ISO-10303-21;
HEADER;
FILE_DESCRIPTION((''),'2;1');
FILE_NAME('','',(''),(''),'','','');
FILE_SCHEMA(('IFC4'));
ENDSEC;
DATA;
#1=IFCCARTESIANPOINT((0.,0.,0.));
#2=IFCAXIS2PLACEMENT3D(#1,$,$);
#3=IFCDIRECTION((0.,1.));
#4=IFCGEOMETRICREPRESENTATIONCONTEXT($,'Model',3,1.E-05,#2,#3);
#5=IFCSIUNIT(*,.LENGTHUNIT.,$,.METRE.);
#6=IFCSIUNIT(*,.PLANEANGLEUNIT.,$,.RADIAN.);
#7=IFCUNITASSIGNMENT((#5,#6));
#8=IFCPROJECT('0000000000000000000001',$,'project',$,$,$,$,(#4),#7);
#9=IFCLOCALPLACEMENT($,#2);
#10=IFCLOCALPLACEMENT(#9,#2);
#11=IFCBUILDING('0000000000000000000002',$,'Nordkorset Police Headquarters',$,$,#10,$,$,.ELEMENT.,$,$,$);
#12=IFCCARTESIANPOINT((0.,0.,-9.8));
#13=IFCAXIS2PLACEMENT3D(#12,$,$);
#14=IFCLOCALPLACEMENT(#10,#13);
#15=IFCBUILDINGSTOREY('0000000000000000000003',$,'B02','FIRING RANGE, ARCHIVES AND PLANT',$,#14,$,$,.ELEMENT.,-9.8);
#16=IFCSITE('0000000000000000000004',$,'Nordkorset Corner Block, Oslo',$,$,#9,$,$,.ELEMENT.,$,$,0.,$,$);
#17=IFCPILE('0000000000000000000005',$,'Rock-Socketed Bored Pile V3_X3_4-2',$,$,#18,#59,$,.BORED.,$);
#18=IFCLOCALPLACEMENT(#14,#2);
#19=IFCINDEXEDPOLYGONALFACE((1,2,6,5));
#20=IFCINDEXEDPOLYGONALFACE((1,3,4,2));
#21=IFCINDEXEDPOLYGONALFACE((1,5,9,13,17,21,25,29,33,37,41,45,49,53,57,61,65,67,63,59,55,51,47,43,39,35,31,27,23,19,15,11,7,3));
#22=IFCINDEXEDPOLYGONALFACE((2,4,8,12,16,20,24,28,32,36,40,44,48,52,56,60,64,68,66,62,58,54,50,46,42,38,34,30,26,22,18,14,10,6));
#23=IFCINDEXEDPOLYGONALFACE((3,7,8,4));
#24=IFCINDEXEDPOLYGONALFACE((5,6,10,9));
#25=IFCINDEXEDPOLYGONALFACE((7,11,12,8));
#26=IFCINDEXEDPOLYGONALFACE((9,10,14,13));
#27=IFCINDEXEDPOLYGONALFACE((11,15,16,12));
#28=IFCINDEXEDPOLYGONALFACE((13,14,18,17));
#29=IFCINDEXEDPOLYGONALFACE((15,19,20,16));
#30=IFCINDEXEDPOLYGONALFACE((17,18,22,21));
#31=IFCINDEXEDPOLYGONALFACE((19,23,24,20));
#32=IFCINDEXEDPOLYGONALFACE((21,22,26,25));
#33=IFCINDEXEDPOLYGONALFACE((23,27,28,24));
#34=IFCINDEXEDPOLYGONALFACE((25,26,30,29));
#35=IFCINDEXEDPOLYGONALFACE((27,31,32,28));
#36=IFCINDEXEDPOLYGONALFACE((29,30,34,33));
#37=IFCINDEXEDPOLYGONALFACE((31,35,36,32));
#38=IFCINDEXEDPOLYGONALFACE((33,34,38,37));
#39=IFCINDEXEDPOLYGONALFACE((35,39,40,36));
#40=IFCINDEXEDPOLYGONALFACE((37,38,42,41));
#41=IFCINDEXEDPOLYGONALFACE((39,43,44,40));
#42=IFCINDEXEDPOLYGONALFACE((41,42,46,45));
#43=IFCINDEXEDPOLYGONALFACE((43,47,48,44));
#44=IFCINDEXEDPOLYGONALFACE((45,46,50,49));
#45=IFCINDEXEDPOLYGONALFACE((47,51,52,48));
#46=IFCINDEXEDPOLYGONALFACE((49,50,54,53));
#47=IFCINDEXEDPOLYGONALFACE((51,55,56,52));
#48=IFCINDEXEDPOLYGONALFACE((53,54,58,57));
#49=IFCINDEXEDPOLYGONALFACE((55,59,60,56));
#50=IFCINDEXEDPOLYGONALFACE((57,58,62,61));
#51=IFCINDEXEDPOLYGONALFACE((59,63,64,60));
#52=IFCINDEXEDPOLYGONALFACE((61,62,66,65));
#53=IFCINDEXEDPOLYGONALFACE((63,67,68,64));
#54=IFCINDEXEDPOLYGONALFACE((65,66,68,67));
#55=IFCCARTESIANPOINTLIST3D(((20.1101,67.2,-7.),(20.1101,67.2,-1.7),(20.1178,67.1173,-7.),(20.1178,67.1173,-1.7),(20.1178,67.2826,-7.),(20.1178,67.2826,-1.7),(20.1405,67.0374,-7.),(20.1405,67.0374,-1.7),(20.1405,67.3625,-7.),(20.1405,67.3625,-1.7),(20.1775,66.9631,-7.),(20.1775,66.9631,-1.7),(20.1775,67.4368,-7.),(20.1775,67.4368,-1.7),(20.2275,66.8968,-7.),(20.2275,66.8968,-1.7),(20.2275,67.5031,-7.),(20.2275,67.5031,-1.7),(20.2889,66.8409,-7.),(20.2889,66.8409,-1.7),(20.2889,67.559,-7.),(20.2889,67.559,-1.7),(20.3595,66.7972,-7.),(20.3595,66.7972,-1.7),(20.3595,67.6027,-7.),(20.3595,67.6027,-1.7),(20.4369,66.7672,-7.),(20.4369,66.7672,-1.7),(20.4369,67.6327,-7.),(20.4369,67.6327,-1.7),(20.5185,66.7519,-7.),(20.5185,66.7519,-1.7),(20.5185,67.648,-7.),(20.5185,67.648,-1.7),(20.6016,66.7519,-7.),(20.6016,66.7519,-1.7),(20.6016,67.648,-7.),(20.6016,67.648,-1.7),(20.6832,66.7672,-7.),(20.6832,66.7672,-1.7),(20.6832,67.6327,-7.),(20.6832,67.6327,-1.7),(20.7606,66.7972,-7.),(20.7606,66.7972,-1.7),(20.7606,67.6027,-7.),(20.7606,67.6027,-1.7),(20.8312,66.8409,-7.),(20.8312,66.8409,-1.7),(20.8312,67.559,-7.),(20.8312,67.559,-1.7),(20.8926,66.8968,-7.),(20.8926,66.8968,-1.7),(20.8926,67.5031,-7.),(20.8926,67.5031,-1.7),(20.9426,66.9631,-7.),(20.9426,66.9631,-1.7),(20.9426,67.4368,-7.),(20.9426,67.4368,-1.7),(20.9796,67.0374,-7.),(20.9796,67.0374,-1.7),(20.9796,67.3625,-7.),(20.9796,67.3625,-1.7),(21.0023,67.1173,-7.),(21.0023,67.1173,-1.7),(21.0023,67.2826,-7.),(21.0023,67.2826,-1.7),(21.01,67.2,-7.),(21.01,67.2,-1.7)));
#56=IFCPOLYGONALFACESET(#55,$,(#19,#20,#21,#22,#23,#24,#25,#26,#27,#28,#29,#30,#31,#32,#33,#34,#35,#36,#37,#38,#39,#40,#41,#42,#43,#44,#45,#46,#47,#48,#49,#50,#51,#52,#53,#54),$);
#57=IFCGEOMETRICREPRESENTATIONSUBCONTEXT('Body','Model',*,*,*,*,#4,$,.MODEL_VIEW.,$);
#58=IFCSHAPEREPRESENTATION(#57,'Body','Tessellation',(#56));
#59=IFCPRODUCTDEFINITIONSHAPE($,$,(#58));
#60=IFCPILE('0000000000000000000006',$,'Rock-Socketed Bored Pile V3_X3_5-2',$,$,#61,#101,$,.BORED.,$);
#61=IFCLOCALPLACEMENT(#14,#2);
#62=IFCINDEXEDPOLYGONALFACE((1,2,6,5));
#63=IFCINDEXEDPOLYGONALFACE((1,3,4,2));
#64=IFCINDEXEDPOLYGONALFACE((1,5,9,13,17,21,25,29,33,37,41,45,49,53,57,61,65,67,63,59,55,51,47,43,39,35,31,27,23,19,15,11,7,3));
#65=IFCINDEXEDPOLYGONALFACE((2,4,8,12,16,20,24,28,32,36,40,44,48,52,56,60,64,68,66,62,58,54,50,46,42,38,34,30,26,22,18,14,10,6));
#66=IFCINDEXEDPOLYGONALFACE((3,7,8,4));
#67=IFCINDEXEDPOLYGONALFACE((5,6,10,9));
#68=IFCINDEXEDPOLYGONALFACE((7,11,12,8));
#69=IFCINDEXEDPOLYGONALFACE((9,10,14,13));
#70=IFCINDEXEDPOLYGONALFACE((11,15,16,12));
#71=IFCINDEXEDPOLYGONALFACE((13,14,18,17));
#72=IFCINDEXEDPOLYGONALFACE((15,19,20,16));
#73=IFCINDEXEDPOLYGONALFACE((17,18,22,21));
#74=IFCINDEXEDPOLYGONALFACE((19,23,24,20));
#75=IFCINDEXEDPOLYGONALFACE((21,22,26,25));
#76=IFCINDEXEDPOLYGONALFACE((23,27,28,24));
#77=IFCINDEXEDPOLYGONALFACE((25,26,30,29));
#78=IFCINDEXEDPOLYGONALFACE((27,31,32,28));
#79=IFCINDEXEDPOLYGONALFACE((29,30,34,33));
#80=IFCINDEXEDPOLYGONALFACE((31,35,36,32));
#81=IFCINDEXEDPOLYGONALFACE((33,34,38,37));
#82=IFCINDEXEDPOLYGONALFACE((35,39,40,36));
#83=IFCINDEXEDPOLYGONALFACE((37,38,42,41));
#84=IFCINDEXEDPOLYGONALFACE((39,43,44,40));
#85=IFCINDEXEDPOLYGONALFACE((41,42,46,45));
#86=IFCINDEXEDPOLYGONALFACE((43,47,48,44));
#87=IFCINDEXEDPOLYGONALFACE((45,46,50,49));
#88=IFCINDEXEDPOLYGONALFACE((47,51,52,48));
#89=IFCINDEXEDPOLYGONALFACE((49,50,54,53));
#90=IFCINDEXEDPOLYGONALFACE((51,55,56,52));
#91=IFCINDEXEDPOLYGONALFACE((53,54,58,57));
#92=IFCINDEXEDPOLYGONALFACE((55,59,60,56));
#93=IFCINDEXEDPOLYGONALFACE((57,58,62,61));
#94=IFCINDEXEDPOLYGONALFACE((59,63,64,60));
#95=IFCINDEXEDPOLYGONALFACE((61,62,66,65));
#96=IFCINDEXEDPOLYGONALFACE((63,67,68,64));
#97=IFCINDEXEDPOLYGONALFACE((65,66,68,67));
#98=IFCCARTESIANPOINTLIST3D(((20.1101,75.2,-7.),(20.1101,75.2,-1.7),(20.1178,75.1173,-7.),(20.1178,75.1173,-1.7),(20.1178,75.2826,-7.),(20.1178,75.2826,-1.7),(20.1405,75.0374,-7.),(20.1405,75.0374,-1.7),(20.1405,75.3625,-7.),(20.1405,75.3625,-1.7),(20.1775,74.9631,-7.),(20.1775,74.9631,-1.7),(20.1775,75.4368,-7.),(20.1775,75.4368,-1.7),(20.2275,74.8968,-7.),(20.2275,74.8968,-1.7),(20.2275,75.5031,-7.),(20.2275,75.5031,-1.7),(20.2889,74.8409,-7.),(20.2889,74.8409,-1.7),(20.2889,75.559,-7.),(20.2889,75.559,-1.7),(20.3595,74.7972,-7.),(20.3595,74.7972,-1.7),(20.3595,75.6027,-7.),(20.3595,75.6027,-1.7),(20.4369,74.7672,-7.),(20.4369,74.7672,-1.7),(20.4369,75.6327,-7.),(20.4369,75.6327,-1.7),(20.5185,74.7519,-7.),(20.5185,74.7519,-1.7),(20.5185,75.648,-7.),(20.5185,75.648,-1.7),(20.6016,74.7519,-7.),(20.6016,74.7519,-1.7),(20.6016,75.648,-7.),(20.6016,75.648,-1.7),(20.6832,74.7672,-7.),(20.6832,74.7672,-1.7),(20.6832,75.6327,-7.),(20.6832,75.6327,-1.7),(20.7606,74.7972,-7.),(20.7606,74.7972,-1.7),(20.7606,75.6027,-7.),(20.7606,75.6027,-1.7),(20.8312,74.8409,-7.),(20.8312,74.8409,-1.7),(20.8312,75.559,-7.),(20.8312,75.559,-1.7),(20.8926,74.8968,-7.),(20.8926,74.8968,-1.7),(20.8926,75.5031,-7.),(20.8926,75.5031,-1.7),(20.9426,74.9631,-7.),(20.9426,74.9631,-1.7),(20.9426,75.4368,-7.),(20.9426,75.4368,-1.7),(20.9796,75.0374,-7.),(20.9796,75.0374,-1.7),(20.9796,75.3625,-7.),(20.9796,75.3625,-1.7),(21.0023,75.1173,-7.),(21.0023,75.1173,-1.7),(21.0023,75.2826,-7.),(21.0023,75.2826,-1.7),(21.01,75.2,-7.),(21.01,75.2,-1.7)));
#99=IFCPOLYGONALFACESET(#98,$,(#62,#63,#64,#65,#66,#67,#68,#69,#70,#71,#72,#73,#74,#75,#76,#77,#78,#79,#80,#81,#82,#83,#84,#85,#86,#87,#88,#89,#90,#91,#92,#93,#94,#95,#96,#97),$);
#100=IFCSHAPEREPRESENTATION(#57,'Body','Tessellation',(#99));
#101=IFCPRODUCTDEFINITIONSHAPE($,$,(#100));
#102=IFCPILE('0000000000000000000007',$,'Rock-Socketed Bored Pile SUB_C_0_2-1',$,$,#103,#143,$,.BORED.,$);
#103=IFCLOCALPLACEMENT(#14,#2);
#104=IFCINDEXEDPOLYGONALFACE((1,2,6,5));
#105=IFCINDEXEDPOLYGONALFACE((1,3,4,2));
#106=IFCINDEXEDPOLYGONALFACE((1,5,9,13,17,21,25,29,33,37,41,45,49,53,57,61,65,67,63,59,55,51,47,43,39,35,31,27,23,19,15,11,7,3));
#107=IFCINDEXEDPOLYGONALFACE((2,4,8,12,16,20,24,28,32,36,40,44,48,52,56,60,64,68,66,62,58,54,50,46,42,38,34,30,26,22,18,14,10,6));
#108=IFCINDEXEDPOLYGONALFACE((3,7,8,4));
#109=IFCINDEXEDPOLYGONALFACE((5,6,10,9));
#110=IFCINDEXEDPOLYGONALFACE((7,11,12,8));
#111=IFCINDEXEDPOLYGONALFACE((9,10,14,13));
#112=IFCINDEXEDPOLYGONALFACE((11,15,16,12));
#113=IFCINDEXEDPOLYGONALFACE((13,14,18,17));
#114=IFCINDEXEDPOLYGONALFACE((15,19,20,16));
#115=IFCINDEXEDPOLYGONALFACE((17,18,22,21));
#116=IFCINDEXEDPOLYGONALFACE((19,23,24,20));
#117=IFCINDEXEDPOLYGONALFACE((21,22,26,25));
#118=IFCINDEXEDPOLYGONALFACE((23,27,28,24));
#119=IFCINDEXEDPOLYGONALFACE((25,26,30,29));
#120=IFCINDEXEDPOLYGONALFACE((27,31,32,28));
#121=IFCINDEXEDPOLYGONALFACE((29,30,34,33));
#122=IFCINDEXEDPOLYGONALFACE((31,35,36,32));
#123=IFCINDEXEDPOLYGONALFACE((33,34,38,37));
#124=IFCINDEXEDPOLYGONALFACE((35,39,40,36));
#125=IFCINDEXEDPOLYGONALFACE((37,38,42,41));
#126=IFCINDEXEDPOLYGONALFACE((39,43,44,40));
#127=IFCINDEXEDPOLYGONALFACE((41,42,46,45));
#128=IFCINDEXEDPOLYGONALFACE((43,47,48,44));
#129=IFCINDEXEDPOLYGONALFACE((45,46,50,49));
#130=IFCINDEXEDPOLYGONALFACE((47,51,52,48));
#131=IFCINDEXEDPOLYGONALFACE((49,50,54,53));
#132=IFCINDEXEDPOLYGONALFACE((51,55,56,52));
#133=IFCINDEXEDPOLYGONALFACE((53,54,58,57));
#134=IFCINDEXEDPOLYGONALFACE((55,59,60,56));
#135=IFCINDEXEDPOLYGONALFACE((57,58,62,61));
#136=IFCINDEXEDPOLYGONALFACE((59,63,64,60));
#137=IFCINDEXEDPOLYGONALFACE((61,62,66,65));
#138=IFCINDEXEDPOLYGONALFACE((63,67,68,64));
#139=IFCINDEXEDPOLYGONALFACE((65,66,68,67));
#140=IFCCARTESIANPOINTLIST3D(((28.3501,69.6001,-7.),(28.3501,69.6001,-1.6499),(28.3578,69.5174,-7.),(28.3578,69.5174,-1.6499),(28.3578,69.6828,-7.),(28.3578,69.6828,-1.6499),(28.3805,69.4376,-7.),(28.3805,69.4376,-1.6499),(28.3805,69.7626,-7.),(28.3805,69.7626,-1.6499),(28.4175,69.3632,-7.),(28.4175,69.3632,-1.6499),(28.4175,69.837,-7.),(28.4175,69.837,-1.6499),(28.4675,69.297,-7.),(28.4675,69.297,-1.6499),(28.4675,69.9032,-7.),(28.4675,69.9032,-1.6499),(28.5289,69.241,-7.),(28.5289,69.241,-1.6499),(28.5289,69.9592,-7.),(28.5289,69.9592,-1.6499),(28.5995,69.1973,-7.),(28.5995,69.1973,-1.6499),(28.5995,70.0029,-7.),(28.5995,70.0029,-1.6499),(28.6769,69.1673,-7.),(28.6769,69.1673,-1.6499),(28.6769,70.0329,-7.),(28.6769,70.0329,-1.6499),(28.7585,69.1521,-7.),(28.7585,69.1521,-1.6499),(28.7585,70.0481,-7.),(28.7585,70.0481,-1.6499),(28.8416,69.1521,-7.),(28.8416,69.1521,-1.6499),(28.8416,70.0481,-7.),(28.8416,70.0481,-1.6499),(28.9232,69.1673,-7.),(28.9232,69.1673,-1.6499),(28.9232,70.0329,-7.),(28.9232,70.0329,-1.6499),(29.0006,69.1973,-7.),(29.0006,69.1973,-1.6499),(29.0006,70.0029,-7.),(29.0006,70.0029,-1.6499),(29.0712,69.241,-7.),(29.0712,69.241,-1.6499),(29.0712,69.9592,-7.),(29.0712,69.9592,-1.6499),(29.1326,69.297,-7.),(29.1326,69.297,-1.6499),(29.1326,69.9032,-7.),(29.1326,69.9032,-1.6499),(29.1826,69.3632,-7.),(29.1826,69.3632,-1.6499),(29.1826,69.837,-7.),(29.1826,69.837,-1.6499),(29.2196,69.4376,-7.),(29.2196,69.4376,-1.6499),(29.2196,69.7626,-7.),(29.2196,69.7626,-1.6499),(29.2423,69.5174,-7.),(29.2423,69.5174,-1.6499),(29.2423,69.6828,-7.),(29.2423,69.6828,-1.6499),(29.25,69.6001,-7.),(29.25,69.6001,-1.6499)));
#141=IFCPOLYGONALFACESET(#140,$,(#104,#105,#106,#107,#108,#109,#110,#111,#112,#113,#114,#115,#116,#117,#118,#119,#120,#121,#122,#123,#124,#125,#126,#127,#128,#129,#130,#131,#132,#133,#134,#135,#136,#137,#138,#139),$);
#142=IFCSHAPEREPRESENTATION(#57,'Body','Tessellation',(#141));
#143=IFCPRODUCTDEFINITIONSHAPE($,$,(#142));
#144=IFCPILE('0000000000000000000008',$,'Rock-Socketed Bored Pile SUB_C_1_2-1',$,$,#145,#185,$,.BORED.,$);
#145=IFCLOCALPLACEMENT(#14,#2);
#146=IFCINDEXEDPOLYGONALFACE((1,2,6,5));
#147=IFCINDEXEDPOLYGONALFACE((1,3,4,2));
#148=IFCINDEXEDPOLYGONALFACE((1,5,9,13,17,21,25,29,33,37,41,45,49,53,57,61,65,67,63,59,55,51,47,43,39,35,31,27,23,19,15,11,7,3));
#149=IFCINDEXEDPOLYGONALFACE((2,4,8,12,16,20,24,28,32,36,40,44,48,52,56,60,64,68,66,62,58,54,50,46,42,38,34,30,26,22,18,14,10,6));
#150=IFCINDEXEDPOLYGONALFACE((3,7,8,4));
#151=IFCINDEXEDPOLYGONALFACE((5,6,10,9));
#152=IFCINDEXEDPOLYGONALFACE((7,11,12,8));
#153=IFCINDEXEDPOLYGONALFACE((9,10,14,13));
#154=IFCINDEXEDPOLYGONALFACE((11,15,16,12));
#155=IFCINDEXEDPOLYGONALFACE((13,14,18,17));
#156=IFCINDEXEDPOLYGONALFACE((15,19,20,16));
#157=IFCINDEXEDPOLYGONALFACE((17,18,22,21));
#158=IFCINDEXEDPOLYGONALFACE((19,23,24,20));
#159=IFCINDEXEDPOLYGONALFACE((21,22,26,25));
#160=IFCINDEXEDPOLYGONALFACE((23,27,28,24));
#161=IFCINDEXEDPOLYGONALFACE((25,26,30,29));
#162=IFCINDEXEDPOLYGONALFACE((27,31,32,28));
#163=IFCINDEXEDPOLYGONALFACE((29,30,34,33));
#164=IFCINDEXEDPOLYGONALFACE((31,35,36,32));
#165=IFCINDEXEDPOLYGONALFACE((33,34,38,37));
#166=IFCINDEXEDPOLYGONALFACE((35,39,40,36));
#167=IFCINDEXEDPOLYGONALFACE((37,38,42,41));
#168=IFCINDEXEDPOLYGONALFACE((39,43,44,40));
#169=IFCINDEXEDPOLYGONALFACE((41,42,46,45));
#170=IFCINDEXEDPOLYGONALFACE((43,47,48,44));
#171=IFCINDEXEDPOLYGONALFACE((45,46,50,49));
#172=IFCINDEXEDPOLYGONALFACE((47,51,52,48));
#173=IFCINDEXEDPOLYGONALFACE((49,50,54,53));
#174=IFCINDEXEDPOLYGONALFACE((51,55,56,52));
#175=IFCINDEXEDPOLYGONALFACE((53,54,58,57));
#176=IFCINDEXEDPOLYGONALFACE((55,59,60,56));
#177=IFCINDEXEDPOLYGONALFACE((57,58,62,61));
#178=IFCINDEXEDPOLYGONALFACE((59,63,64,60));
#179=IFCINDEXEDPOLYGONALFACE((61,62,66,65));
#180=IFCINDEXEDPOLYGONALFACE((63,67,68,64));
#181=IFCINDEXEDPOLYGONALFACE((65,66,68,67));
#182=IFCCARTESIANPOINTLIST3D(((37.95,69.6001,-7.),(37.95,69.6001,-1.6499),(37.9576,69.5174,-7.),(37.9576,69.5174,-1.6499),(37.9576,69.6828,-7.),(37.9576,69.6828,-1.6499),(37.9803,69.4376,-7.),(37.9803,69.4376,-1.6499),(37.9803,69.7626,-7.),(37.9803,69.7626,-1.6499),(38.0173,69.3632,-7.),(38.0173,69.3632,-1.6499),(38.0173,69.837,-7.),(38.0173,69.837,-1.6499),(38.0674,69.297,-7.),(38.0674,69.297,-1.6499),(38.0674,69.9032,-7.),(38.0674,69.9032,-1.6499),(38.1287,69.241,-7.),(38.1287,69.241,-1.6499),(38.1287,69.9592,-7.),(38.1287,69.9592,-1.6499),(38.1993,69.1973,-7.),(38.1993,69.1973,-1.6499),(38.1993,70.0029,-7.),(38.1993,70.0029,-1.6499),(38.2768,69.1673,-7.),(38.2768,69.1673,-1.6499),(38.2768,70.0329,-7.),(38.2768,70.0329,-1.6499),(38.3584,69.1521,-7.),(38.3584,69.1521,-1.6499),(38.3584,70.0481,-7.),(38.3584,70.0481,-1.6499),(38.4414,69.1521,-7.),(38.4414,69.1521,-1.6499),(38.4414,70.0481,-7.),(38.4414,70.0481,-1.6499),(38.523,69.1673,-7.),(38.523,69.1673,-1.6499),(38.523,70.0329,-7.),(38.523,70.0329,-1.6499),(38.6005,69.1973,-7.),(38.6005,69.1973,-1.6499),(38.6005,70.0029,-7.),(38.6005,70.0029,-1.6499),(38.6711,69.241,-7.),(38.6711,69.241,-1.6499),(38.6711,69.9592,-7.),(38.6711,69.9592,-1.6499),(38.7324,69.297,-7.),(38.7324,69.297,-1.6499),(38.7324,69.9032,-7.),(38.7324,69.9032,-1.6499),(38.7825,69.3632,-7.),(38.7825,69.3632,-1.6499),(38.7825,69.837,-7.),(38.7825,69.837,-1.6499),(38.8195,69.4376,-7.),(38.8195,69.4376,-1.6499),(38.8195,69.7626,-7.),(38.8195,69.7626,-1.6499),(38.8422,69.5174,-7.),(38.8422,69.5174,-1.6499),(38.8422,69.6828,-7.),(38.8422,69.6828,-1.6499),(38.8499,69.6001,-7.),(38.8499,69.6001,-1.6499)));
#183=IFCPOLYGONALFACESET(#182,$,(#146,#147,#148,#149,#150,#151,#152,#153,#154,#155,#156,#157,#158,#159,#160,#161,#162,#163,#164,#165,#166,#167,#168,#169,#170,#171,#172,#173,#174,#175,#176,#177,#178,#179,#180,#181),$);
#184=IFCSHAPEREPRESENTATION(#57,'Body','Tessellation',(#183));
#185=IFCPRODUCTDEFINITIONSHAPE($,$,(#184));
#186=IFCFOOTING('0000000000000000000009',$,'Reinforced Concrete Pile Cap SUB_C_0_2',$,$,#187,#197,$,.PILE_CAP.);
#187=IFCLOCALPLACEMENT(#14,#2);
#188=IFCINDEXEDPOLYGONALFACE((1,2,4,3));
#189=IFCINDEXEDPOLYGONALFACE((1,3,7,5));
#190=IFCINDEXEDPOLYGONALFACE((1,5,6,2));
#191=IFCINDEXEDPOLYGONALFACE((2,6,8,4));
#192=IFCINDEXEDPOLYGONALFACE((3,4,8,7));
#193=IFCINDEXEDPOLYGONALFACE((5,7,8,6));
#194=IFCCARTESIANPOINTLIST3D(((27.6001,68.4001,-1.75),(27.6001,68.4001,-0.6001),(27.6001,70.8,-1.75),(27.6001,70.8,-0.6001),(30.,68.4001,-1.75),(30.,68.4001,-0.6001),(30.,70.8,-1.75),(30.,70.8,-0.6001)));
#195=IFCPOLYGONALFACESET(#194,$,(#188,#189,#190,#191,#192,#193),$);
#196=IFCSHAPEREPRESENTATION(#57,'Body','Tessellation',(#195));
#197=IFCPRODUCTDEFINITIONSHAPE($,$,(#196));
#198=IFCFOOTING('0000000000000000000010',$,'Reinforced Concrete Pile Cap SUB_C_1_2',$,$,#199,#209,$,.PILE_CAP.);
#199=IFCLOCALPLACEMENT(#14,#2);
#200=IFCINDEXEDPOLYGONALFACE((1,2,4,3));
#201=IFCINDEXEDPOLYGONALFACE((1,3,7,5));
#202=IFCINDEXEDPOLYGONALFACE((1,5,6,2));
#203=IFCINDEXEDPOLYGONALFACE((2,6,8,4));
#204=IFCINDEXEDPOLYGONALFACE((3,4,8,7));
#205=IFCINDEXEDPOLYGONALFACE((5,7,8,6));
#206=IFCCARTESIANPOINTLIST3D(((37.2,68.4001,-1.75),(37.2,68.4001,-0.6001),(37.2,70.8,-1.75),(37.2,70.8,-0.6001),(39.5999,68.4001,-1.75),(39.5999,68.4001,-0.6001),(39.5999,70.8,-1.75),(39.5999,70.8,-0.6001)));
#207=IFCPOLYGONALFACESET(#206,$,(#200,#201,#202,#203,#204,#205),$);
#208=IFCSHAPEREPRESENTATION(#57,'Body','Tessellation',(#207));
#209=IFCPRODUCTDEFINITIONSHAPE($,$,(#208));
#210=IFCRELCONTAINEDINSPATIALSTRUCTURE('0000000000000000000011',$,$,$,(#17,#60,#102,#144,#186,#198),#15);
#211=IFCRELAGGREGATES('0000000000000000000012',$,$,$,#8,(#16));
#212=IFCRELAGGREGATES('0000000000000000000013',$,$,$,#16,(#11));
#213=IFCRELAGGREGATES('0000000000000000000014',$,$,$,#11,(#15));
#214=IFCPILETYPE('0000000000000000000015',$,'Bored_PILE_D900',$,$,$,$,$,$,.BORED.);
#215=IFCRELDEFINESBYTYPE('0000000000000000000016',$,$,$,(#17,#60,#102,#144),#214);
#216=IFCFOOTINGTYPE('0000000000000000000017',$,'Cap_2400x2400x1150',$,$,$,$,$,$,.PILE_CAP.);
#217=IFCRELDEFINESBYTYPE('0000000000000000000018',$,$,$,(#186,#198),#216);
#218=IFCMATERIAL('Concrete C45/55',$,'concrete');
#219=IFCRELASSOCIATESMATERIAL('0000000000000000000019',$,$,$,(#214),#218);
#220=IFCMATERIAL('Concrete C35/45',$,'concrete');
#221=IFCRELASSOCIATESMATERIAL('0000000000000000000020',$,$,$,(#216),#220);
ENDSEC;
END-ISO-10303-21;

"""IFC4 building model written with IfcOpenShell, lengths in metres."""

from ifc_helpers import new_model, si_unit, direction, frame, origin, origin_2d, place, context, subcontext, project, spatial, rectangle, circle, extrude, material, material_profile, profile_set, type_object, element, save


model = new_model("IFC4")

# Units and contexts
model_context = context("Model", 3, precision=1e-05, world=origin(), true_north=direction((0.0, 1.0)))
body_context = subcontext(model_context, "Body", "Model", "MODEL_VIEW")
ifc_project = project(units=[si_unit("LENGTHUNIT", "METRE"), si_unit("PLANEANGLEUNIT", "RADIAN")], contexts=[model_context])

# Site, building, storey
site_placement = place(None, origin())
site = spatial("IfcSite", under=ifc_project, at=site_placement, Name="Nordkorset Corner Block, Oslo", CompositionType="ELEMENT", RefElevation=0.0)
building_placement = place(site_placement, origin())
building = spatial("IfcBuilding", under=site, at=building_placement, Name="Nordkorset Police Headquarters", CompositionType="ELEMENT")
storey_placement = place(building_placement, frame((0.0, 0.0, -9.8)))
storey = spatial("IfcBuildingStorey", under=building, at=storey_placement, Name="B02", Description="FIRING RANGE, ARCHIVES AND PLANT", CompositionType="ELEMENT", Elevation=-9.8)

# Piles
ifc_material_1 = material(Name="Concrete C45/55", Category="concrete")
ifc_material_profile_1 = material_profile(ifc_material_1, circle(Radius=0.45, at=origin_2d()), Name="PILE D900")
ifc_profile_set_1 = profile_set([ifc_material_profile_1], Name="Concrete C45/55")
pile_type = type_object("IfcPileType", Name="Bored_PILE_D900", PredefinedType="BORED", material=ifc_profile_set_1)
for number, where, z_axis, x_axis, name in (
    (1, (20.5601, 67.2, -1.7), (0.0, 0.0, -1.0), (1.0, 0.0, 0.0), "Rock-Socketed Bored Pile V3_X3_4-2"),
    (2, (20.5601, 75.2, -1.7), (0.0, 0.0, -1.0), (1.0, 0.0, 0.0), "Rock-Socketed Bored Pile V3_X3_5-2"),
):
    element("IfcPile", number, at=place(storey_placement, frame(where, z_axis=z_axis, x_axis=x_axis)), inside=storey, type_object=pile_type, Name=name, PredefinedType="BORED", context=body_context, shape_type="SweptSolid", body=[
        extrude(circle(Radius=0.45, at=origin_2d()), origin(), (0.0, 0.0, 1.0), 5.3),
    ])
for number, where, z_axis, x_axis, name in (
    (3, (28.8, 69.6001, -1.6499), (0.0, 0.0, -1.0), (1.0, 0.0, 0.0), "Rock-Socketed Bored Pile SUB_C_0_2-1"),
    (4, (38.3999, 69.6001, -1.6499), (0.0, 0.0, -1.0), (1.0, 0.0, 0.0), "Rock-Socketed Bored Pile SUB_C_1_2-1"),
):
    element("IfcPile", number, at=place(storey_placement, frame(where, z_axis=z_axis, x_axis=x_axis)), inside=storey, type_object=pile_type, Name=name, PredefinedType="BORED", context=body_context, shape_type="SweptSolid", body=[
        extrude(circle(Radius=0.45, at=origin_2d()), origin(), (0.0, 0.0, 1.0), 5.3501),
    ])

# Footings
ifc_material_2 = material(Name="Concrete C35/45", Category="concrete")
footing_type_1 = type_object("IfcFootingType", Name="Cap_2400x2400x1150", PredefinedType="PILE_CAP", material=ifc_material_2)
for number, where, z_axis, x_axis, name in (
    (5, (28.8, 69.6001, -1.75), (0.0, 0.0, 1.0), (1.0, 0.0, 0.0), "Reinforced Concrete Pile Cap SUB_C_0_2"),
    (6, (38.3999, 69.6001, -1.75), (0.0, 0.0, 1.0), (1.0, 0.0, 0.0), "Reinforced Concrete Pile Cap SUB_C_1_2"),
):
    element("IfcFooting", number, at=place(storey_placement, frame(where, z_axis=z_axis, x_axis=x_axis)), inside=storey, type_object=footing_type_1, Name=name, PredefinedType="PILE_CAP", context=body_context, shape_type="SweptSolid", body=[
        extrude(rectangle(XDim=2.3999, YDim=2.3999, at=origin_2d()), origin(), (0.0, 0.0, 1.0), 1.1499),
    ])

save(model, "model.ifc")
